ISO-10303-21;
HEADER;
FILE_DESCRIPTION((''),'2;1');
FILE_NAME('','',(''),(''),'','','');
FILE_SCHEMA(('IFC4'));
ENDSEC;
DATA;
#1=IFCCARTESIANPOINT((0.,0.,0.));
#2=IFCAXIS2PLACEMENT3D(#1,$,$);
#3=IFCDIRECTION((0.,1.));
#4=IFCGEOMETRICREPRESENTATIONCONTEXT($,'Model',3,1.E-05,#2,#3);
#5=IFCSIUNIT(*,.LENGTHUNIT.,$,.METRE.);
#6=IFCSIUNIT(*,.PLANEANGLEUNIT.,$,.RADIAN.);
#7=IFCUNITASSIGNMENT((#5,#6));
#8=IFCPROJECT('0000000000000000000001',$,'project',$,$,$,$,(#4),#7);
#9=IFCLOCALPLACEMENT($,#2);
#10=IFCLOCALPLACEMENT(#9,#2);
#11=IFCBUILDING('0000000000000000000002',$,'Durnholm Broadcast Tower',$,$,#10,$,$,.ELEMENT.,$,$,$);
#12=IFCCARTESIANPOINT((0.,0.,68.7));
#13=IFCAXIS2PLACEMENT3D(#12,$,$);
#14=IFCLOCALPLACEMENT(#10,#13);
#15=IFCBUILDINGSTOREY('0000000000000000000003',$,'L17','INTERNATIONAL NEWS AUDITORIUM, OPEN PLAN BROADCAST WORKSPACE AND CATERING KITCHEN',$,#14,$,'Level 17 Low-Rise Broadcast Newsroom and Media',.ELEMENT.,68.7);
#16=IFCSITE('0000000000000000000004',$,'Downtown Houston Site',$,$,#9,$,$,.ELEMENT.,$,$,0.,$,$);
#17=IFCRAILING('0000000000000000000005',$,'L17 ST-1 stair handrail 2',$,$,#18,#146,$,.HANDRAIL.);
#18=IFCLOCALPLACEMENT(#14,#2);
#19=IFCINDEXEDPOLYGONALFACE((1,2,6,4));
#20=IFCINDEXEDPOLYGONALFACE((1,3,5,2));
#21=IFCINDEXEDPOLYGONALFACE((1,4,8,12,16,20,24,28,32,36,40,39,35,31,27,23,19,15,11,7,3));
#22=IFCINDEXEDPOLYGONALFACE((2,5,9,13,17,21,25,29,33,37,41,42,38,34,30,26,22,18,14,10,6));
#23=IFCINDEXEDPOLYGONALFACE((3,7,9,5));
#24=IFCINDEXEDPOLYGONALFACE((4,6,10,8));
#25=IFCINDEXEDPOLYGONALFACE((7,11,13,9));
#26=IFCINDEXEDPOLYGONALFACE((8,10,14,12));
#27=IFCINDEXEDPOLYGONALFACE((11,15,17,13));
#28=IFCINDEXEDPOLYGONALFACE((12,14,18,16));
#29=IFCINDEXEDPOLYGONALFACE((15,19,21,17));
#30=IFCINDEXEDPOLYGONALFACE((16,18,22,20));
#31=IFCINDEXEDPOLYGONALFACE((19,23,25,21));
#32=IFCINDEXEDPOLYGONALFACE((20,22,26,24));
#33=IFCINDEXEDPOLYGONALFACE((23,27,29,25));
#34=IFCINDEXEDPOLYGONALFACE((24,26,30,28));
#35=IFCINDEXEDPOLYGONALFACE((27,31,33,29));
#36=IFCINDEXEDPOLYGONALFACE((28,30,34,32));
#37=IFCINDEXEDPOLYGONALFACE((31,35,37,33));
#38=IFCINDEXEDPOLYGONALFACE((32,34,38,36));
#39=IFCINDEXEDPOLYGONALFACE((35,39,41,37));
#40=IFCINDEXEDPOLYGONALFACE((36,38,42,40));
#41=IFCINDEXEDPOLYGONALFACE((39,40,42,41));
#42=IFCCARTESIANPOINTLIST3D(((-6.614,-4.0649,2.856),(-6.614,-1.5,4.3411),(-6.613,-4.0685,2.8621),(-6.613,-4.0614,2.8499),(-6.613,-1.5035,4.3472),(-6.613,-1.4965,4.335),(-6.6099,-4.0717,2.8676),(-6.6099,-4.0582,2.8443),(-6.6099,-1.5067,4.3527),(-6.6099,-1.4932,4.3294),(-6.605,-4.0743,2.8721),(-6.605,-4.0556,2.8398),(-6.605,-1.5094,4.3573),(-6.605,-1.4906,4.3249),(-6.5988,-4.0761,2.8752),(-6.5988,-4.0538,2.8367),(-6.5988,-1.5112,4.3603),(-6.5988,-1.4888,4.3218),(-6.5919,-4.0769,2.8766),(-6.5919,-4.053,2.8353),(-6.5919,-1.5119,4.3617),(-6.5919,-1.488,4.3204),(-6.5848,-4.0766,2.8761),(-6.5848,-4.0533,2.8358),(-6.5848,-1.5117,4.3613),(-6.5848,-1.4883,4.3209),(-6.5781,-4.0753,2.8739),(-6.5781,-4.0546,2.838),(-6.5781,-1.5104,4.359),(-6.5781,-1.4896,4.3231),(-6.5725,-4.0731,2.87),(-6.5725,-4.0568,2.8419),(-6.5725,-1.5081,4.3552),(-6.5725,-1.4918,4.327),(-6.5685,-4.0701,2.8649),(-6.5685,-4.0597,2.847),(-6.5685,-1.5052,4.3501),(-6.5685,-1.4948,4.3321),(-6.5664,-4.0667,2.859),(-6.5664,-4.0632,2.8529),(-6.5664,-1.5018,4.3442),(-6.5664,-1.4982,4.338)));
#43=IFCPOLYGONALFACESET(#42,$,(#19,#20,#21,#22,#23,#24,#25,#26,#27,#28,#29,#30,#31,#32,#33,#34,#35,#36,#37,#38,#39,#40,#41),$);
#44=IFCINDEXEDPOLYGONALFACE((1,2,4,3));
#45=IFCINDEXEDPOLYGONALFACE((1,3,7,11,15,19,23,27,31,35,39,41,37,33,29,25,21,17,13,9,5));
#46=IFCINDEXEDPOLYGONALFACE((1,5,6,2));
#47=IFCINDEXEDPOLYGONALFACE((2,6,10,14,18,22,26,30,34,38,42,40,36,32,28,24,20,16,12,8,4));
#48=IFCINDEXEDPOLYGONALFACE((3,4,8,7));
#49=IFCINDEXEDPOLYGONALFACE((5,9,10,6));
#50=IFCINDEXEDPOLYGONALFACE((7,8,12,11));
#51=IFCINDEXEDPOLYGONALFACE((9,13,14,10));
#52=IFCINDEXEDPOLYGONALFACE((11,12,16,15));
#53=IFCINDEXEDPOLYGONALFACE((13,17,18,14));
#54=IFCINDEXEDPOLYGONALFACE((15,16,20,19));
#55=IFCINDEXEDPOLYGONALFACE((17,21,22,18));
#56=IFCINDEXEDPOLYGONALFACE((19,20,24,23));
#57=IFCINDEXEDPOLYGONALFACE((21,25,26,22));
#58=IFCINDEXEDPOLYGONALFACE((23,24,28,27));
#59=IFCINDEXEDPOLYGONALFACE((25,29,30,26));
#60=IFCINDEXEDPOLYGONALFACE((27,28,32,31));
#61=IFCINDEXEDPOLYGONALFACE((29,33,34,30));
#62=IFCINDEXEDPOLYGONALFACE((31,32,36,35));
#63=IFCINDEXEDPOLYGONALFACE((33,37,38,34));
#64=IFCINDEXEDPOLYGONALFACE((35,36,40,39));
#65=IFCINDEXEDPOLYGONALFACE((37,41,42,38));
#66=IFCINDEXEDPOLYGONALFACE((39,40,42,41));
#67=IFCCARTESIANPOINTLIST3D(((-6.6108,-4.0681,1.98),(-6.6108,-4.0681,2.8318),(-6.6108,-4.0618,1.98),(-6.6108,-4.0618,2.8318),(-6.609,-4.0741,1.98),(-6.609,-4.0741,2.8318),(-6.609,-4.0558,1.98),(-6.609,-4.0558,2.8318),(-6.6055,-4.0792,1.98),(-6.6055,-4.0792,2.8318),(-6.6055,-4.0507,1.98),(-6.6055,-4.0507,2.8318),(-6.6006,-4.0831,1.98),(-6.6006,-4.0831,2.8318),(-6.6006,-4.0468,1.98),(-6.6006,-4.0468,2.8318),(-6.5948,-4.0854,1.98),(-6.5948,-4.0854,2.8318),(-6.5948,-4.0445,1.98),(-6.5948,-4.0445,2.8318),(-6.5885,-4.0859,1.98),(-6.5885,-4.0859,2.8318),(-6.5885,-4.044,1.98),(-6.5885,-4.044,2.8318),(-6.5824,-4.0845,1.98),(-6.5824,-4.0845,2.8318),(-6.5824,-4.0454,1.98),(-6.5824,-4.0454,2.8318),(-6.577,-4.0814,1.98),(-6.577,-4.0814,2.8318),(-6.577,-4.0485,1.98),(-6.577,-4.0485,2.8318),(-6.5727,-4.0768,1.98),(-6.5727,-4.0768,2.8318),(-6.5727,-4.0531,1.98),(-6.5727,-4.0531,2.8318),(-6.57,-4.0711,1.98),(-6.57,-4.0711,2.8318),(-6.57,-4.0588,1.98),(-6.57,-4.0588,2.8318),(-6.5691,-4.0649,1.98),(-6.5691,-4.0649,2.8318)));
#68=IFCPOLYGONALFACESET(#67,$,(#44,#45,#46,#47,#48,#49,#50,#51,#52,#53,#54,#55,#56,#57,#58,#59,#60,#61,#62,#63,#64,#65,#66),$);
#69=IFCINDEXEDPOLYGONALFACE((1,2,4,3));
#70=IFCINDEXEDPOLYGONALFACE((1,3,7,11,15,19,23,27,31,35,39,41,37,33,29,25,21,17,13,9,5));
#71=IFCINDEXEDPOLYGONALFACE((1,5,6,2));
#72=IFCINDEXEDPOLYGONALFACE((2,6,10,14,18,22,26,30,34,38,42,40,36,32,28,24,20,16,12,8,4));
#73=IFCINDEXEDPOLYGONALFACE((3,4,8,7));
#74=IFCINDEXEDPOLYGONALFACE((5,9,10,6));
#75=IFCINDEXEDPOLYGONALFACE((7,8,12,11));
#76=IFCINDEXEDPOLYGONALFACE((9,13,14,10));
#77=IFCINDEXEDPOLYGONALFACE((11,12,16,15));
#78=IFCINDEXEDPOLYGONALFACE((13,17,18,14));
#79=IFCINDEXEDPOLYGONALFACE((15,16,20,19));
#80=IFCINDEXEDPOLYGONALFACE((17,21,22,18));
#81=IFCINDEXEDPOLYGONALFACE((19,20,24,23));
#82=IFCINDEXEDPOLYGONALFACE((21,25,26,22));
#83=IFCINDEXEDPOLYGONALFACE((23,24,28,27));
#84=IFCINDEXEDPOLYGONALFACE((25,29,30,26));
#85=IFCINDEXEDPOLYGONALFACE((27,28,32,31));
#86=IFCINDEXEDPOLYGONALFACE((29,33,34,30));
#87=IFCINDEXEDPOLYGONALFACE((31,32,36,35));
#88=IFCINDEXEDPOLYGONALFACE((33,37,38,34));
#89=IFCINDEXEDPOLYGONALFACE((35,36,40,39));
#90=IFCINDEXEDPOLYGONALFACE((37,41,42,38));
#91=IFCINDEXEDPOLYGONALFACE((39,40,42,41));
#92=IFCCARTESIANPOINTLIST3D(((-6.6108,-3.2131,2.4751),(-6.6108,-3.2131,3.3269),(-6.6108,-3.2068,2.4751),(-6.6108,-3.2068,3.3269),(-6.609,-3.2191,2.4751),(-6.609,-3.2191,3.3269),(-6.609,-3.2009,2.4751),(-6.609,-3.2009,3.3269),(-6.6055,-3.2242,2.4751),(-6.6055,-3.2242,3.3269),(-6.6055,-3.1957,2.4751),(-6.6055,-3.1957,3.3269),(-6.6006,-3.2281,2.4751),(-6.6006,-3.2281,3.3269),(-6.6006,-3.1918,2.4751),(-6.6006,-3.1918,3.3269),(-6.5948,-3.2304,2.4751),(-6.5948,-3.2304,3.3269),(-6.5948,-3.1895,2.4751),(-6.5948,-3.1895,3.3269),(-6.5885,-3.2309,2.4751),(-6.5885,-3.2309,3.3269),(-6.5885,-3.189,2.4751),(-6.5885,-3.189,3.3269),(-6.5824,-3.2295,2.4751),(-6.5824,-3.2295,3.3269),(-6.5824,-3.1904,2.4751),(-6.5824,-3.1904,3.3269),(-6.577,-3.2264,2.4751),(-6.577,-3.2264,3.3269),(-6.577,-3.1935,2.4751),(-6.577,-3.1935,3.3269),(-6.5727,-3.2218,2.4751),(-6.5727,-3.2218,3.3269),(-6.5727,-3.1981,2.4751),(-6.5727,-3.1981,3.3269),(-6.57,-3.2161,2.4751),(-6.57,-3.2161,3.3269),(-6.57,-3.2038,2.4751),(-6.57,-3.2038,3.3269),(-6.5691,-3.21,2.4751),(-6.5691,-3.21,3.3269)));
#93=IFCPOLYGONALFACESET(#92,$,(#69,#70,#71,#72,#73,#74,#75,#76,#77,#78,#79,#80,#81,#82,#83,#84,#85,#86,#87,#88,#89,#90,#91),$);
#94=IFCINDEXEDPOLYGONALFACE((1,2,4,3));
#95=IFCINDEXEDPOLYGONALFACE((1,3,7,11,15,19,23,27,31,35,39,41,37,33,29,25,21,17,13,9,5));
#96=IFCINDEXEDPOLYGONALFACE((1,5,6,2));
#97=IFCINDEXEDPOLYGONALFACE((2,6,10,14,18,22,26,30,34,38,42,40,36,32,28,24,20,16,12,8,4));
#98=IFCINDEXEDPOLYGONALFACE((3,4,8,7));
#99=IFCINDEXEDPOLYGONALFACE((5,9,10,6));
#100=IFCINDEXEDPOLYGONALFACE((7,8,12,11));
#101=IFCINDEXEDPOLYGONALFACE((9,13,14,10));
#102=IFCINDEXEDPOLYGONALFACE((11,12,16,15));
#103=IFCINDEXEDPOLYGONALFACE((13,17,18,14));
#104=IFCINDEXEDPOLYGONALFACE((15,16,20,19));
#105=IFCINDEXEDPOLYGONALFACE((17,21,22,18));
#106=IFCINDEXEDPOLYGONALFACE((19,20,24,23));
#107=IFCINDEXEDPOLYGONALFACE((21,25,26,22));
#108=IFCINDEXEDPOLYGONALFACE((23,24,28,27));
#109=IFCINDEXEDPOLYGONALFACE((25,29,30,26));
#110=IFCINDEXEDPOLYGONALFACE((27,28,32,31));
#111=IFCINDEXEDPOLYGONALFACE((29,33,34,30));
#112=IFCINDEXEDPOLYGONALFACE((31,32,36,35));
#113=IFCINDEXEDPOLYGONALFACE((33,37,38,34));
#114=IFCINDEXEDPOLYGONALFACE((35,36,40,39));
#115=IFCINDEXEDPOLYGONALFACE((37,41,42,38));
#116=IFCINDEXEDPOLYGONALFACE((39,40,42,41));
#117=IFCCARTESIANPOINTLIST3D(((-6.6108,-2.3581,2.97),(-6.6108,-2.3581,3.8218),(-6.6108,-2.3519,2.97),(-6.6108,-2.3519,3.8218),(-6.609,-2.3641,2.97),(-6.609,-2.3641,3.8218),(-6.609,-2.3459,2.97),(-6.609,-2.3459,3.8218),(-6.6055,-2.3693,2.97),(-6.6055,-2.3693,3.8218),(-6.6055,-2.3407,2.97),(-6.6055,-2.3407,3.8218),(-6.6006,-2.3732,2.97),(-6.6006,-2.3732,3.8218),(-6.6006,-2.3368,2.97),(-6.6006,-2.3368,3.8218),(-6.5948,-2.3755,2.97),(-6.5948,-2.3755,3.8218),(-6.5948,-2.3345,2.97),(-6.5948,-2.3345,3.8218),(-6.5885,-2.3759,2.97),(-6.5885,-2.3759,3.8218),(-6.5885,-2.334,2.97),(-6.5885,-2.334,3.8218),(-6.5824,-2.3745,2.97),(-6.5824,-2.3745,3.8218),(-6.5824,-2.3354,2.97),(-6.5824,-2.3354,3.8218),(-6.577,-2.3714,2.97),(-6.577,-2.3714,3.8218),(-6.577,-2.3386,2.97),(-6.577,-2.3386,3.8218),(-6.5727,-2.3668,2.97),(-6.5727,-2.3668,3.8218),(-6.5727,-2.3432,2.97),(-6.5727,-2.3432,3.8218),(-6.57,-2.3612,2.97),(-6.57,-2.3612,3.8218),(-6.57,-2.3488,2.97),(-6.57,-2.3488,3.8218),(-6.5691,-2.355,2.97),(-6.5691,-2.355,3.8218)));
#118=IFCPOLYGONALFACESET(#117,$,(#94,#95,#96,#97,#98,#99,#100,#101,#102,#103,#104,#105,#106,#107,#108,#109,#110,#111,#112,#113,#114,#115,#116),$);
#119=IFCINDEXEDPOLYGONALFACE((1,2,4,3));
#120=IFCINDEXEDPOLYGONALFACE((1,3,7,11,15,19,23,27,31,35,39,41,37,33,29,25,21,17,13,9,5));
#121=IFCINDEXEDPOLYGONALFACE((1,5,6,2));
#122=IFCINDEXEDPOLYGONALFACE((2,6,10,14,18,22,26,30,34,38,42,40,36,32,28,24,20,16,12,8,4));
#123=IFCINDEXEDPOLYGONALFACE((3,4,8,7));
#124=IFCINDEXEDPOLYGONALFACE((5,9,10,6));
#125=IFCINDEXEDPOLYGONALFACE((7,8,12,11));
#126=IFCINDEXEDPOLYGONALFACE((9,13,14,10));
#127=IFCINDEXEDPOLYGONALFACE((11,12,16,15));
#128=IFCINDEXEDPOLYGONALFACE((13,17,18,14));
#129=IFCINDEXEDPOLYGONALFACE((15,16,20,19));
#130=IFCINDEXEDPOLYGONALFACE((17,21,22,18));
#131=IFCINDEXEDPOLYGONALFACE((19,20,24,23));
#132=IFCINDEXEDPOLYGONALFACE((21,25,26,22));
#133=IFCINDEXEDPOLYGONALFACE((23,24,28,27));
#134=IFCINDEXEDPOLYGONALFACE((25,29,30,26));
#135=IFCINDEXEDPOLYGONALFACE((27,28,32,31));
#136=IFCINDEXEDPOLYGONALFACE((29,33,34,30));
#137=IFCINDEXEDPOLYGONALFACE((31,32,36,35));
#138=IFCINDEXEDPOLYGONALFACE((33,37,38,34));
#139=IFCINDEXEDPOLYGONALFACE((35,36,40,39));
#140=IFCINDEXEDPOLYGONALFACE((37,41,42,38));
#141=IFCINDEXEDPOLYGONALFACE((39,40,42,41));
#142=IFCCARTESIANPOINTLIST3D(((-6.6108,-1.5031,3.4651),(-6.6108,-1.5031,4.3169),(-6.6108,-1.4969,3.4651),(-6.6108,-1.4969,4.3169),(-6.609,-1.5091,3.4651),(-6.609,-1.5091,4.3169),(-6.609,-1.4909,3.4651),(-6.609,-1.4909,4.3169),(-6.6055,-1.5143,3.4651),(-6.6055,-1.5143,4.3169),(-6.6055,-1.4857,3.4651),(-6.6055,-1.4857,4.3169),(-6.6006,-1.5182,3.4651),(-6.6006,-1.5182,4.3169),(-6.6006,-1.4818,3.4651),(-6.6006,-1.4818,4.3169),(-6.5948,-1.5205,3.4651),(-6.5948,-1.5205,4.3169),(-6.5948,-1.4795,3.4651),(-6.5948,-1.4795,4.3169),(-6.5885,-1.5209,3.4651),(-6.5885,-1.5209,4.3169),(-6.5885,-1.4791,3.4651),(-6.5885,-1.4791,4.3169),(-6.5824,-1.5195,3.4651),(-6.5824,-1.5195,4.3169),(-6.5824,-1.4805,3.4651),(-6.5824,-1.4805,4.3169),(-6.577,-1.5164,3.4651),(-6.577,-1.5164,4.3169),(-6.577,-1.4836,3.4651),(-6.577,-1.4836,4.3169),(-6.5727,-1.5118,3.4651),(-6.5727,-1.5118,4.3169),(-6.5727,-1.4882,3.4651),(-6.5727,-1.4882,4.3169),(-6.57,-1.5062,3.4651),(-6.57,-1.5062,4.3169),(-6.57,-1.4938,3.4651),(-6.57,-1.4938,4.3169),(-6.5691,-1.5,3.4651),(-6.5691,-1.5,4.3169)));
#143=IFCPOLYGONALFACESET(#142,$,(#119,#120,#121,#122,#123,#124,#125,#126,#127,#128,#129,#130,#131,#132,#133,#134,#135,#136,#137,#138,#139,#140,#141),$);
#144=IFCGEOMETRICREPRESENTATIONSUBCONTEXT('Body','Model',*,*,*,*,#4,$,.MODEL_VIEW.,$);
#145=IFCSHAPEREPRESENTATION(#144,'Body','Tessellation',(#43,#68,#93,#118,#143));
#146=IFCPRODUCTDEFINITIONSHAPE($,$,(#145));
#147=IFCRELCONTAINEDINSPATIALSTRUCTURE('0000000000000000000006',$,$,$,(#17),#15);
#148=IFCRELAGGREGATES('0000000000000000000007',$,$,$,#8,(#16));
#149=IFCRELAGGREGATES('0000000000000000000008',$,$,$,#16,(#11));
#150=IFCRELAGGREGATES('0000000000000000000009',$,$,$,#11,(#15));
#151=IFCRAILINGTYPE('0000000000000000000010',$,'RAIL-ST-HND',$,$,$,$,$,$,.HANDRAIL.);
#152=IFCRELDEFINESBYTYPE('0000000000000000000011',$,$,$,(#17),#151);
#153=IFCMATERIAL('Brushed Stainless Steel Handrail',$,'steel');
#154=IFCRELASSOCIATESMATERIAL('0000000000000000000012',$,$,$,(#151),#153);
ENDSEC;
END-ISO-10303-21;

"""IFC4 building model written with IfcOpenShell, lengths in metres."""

from ifc_helpers import new_model, si_unit, direction, frame, origin, origin_2d, place, context, subcontext, project, spatial, circle, extrude, material, type_object, element, save


model = new_model("IFC4")

# Units and contexts
model_context = context("Model", 3, precision=1e-05, world=origin(), true_north=direction((0.0, 1.0)))
body_context = subcontext(model_context, "Body", "Model", "MODEL_VIEW")
ifc_project = project(units=[si_unit("LENGTHUNIT", "METRE"), si_unit("PLANEANGLEUNIT", "RADIAN")], contexts=[model_context])

# Site, building, storey
site_placement = place(None, origin())
site = spatial("IfcSite", under=ifc_project, at=site_placement, Name="Downtown Houston Site", CompositionType="ELEMENT", RefElevation=0.0)
building_placement = place(site_placement, origin())
building = spatial("IfcBuilding", under=site, at=building_placement, Name="Durnholm Broadcast Tower", CompositionType="ELEMENT")
storey_placement = place(building_placement, frame((0.0, 0.0, 68.7)))
storey = spatial("IfcBuildingStorey", under=building, at=storey_placement, Name="L17", Description="INTERNATIONAL NEWS AUDITORIUM, OPEN PLAN BROADCAST WORKSPACE AND CATERING KITCHEN", LongName="Level 17 Low-Rise Broadcast Newsroom and Media", CompositionType="ELEMENT", Elevation=68.7)

# Railing
ifc_material_1 = material(Name="Brushed Stainless Steel Handrail", Category="steel")
railing_type_1 = type_object("IfcRailingType", Name="RAIL-ST-HND", PredefinedType="HANDRAIL", material=ifc_material_1)
railing_1_placement = place(storey_placement, frame((-6.5901, -4.0649, 1.98)))
element("IfcRailing", 1, at=railing_1_placement, inside=storey, type_object=railing_type_1, Name="L17 ST-1 stair handrail 2", PredefinedType="HANDRAIL", context=body_context, shape_type="SweptSolid", body=[
    extrude(circle(Radius=0.0239, at=origin_2d()), frame((0.0, 0.0, 0.876), z_axis=(0.0, 0.865406, 0.501072), x_axis=(-1.0, 0.0, 0.0)), (0.0, 0.0, 1.0), 2.9639),
    extrude(circle(Radius=0.021, at=origin_2d()), origin(), (0.0, 0.0, 1.0), 0.8518),
    extrude(circle(Radius=0.021, at=origin_2d()), frame((0.0, 0.855, 0.4951)), (0.0, 0.0, 1.0), 0.8518),
    extrude(circle(Radius=0.021, at=origin_2d()), frame((0.0, 1.71, 0.99)), (0.0, 0.0, 1.0), 0.8518),
    extrude(circle(Radius=0.021, at=origin_2d()), frame((0.0, 2.5649, 1.4851)), (0.0, 0.0, 1.0), 0.8518),
])

save(model, "model.ifc")
